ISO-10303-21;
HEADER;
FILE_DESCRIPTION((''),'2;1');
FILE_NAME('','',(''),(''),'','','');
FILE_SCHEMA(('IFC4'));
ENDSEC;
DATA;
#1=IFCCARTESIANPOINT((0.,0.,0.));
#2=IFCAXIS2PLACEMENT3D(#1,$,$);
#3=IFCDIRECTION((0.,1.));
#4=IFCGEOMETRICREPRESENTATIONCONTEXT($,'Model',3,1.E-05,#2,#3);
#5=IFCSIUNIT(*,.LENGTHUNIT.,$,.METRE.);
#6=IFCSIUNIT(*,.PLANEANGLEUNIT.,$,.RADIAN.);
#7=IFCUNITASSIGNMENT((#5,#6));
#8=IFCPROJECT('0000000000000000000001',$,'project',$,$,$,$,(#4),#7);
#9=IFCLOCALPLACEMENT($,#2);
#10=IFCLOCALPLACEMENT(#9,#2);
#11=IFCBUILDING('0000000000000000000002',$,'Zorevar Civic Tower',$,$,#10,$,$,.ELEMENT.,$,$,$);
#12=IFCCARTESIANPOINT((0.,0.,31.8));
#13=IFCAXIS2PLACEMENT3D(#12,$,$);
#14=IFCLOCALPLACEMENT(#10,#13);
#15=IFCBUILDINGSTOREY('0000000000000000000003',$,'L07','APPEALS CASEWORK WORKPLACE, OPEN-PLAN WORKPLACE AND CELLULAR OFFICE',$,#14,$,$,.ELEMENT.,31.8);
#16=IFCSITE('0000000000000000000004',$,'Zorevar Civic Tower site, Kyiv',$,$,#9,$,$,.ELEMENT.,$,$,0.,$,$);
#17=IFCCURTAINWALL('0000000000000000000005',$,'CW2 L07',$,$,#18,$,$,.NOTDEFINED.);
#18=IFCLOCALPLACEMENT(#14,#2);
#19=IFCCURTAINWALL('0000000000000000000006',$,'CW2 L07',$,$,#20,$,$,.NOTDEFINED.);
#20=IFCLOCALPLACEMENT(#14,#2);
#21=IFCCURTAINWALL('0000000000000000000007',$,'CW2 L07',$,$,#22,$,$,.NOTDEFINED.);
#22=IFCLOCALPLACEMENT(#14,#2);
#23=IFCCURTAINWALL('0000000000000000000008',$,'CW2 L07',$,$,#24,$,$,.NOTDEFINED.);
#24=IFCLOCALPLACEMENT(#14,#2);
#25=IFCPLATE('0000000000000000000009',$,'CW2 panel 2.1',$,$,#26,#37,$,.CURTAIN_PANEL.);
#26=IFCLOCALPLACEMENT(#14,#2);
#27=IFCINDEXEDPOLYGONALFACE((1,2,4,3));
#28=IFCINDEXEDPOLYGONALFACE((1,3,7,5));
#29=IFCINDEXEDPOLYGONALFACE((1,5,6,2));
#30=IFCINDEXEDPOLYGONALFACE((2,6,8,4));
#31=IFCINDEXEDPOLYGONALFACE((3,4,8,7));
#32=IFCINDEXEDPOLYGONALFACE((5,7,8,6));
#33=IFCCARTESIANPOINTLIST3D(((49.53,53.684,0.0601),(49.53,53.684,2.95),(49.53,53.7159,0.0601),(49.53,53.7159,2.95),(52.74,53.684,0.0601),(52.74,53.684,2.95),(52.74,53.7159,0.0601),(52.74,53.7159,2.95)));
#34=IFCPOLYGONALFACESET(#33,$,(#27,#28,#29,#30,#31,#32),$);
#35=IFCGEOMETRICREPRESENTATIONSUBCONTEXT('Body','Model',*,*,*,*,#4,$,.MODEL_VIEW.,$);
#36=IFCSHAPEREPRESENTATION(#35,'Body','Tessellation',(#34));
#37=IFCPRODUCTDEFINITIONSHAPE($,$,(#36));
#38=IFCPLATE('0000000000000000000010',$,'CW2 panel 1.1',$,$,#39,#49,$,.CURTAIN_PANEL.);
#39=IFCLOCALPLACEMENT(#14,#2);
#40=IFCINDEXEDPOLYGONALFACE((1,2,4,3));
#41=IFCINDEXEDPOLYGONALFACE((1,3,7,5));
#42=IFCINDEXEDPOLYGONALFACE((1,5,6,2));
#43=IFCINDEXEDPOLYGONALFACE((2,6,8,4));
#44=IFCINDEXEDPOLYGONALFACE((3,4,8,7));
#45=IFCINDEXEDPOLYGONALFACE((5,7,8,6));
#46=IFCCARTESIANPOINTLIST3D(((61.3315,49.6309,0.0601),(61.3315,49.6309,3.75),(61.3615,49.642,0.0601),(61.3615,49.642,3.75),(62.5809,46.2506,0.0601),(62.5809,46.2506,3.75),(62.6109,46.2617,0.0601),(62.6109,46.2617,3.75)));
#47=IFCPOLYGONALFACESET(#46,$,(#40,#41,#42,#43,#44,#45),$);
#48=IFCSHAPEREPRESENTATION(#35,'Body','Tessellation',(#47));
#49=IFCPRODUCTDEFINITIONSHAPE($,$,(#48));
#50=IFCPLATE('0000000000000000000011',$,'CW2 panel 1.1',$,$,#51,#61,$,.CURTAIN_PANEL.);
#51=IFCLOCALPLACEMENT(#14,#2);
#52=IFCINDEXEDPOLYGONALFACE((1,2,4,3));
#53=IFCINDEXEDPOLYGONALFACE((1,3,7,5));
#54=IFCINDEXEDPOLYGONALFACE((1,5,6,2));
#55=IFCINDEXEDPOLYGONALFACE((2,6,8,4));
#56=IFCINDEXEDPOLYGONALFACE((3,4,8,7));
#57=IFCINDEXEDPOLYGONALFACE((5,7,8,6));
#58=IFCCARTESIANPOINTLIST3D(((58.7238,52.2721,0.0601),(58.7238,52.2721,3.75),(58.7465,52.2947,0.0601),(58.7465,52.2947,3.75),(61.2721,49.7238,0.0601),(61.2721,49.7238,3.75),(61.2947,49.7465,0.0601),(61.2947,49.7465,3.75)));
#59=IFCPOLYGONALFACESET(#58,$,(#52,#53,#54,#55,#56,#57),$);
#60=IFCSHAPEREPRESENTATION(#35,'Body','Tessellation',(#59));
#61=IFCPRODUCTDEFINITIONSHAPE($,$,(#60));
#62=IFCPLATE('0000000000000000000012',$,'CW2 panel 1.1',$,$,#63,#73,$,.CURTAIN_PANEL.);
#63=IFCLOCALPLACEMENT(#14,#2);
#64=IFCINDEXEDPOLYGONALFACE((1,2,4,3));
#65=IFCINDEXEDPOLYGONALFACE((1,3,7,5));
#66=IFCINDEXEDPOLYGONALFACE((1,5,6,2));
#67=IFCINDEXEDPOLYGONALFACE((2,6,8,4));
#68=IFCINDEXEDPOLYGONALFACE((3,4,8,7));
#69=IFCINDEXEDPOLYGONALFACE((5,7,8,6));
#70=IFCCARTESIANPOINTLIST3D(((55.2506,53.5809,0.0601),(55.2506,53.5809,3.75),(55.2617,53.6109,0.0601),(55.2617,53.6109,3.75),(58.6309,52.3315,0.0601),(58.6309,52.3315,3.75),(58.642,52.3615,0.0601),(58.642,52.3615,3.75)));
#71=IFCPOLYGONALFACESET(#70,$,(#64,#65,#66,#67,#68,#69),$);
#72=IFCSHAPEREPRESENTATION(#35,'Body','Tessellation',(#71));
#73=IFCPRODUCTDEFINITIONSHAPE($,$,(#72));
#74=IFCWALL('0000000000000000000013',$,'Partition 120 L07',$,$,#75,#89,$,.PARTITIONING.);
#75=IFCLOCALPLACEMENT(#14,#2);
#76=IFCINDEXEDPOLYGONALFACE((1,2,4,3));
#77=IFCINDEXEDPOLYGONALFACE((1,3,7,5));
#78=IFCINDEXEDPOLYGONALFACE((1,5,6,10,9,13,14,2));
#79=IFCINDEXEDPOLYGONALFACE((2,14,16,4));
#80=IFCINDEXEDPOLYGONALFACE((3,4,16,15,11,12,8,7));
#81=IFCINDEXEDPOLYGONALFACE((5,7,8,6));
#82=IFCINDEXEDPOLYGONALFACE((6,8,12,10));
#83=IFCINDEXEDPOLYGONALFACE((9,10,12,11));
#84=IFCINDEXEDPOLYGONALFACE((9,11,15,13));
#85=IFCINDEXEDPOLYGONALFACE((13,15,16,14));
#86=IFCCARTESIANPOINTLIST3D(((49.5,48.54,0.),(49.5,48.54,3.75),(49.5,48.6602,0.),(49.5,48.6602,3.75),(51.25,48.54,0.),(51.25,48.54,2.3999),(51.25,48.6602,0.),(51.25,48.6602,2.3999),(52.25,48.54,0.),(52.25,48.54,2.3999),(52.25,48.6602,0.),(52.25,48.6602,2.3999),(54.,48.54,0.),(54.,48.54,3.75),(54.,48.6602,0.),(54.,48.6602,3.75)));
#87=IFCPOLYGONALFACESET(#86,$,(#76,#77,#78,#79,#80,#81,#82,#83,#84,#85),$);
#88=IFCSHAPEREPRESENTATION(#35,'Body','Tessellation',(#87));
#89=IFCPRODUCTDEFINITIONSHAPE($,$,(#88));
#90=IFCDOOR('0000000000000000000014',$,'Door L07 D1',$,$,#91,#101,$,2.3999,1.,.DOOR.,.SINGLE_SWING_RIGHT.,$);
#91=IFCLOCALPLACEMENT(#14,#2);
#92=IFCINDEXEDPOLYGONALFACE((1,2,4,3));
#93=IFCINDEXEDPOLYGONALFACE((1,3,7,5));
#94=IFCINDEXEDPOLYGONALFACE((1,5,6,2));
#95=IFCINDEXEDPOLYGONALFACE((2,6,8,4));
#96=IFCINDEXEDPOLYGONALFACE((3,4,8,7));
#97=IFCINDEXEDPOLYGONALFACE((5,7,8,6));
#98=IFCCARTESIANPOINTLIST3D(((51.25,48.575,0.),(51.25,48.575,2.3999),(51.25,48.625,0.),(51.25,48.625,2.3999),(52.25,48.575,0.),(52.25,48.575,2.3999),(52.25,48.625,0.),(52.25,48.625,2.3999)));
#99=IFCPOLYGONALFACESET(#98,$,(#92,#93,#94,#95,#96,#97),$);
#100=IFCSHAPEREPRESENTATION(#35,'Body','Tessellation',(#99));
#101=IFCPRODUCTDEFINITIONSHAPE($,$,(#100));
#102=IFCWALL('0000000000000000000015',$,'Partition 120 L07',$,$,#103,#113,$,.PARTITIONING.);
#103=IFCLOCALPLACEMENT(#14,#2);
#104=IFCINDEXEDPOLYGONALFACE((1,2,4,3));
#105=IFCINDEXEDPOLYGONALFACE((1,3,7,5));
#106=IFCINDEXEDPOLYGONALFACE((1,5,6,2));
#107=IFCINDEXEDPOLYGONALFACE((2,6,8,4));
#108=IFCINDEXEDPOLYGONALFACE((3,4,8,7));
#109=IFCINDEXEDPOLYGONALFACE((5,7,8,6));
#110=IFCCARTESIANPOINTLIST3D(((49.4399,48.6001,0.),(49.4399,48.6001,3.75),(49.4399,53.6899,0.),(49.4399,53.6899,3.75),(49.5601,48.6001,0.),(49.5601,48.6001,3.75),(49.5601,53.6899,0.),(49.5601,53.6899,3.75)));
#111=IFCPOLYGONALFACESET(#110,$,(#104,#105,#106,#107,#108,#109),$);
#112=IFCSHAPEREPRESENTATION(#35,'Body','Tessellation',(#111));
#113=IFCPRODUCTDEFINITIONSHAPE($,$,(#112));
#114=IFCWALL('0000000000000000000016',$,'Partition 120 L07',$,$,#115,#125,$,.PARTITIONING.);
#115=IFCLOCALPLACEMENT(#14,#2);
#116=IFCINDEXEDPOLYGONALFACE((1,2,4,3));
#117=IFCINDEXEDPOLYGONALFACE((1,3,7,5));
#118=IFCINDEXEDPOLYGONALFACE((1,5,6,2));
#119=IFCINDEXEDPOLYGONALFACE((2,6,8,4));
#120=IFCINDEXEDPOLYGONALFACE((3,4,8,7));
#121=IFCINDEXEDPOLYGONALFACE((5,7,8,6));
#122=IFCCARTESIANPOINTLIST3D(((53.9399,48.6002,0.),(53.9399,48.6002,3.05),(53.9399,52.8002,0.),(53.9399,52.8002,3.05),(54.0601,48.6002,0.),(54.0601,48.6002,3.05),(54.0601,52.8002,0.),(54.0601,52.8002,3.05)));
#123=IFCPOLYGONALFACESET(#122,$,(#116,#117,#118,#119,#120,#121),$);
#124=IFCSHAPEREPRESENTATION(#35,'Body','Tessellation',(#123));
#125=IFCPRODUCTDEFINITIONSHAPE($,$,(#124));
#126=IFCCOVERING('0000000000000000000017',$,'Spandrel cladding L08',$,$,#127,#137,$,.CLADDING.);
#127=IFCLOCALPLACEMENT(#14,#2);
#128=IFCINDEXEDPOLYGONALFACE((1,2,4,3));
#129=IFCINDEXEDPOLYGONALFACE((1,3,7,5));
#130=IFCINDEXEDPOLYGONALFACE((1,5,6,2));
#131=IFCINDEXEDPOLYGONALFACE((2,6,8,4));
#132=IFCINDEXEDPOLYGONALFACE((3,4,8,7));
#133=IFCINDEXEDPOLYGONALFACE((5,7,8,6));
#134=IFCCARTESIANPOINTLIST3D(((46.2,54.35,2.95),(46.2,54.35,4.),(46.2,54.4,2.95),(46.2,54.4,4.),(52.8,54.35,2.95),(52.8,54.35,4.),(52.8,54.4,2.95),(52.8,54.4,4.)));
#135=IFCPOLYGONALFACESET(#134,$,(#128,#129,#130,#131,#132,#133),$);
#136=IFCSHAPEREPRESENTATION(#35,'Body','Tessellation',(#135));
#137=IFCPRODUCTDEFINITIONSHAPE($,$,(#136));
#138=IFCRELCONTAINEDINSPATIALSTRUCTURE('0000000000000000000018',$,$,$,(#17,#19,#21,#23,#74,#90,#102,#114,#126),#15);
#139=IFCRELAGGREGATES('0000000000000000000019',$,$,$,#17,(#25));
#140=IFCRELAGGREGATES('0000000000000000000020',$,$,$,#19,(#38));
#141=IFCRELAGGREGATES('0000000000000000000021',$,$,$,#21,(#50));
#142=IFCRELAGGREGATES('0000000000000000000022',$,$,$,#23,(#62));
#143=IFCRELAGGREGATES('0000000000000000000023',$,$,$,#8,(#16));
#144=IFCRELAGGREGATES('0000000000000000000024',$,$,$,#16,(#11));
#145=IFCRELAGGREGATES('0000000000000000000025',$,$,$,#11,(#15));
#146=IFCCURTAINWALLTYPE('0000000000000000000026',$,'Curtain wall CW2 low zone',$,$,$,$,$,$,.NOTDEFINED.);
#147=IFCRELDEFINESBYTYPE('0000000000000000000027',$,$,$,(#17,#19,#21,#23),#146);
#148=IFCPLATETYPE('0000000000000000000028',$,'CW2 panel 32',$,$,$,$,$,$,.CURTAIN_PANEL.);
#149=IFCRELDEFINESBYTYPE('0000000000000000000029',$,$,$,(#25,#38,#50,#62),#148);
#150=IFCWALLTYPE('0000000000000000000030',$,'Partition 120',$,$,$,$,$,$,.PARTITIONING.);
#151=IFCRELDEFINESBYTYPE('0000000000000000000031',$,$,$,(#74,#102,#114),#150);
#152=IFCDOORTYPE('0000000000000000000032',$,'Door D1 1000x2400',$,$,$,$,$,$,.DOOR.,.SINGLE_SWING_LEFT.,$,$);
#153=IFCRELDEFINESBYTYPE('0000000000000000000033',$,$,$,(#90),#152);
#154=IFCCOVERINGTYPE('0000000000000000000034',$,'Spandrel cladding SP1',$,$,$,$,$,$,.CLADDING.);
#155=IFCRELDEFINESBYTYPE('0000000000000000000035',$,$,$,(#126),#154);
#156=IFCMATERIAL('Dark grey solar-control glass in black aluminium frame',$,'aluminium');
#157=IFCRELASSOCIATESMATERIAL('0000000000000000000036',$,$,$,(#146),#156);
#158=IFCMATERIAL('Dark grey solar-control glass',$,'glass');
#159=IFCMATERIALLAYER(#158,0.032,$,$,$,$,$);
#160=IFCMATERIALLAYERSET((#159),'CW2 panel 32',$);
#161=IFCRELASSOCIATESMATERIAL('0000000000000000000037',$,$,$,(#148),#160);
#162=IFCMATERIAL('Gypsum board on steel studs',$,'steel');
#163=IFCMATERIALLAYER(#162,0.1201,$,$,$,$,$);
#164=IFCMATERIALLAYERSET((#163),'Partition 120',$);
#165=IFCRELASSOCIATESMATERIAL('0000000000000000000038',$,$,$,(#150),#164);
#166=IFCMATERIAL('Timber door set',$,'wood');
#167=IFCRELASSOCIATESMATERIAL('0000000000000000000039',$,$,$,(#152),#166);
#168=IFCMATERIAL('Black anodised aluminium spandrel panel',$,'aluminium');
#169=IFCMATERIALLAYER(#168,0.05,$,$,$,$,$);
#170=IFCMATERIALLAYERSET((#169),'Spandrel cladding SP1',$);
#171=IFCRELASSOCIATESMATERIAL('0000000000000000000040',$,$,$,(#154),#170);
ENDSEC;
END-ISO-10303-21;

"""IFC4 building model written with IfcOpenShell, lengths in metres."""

from ifc_helpers import new_model, si_unit, direction, frame, frame_2d, origin, origin_2d, place, context, subcontext, project, spatial, rectangle, extrude, material, layer, layer_set, type_object, element, fill, aggregate, save


model = new_model("IFC4")

# Units and contexts
model_context = context("Model", 3, precision=1e-05, world=origin(), true_north=direction((0.0, 1.0)))
body_context = subcontext(model_context, "Body", "Model", "MODEL_VIEW")
ifc_project = project(units=[si_unit("LENGTHUNIT", "METRE"), si_unit("PLANEANGLEUNIT", "RADIAN")], contexts=[model_context])

# Site, building, storey
site_placement = place(None, origin())
site = spatial("IfcSite", under=ifc_project, at=site_placement, Name="Zorevar Civic Tower site, Kyiv", CompositionType="ELEMENT", RefElevation=0.0)
building_placement = place(site_placement, origin())
building = spatial("IfcBuilding", under=site, at=building_placement, Name="Zorevar Civic Tower", CompositionType="ELEMENT")
storey_placement = place(building_placement, frame((0.0, 0.0, 31.8)))
storey = spatial("IfcBuildingStorey", under=building, at=storey_placement, Name="L07", Description="APPEALS CASEWORK WORKPLACE, OPEN-PLAN WORKPLACE AND CELLULAR OFFICE", CompositionType="ELEMENT", Elevation=31.8)

# Curtain walls
ifc_material_1 = material(Name="Dark grey solar-control glass in black aluminium frame", Category="aluminium")
curtain_wall_type = type_object("IfcCurtainWallType", Name="Curtain wall CW2 low zone", PredefinedType="NOTDEFINED", material=ifc_material_1)
curtain_wall_1_placement = place(storey_placement, origin())
curtain_wall_1 = element("IfcCurtainWall", 1, at=curtain_wall_1_placement, inside=storey, type_object=curtain_wall_type, Name="CW2 L07", PredefinedType="NOTDEFINED")
curtain_wall_2_placement = place(storey_placement, origin())
curtain_wall_2 = element("IfcCurtainWall", 2, at=curtain_wall_2_placement, inside=storey, type_object=curtain_wall_type, Name="CW2 L07", PredefinedType="NOTDEFINED")
curtain_wall_3_placement = place(storey_placement, origin())
curtain_wall_3 = element("IfcCurtainWall", 3, at=curtain_wall_3_placement, inside=storey, type_object=curtain_wall_type, Name="CW2 L07", PredefinedType="NOTDEFINED")
curtain_wall_4_placement = place(storey_placement, origin())
curtain_wall_4 = element("IfcCurtainWall", 4, at=curtain_wall_4_placement, inside=storey, type_object=curtain_wall_type, Name="CW2 L07", PredefinedType="NOTDEFINED")

# Plates
ifc_material_2 = material(Name="Dark grey solar-control glass", Category="glass")
ifc_layer_1 = layer(ifc_material_2, 0.032)
ifc_layer_set_1 = layer_set([ifc_layer_1], Name="CW2 panel 32")
plate_type = type_object("IfcPlateType", Name="CW2 panel 32", PredefinedType="CURTAIN_PANEL", material=ifc_layer_set_1)
plate_1_placement = place(storey_placement, frame((51.135, 53.7, 0.0601), z_axis=(0.0, 0.0, 1.0), x_axis=(1.0, 0.0, 0.0)))
plate_1 = element("IfcPlate", 5, at=plate_1_placement, type_object=plate_type, Name="CW2 panel 2.1", PredefinedType="CURTAIN_PANEL", context=body_context, shape_type="SweptSolid", body=[
    extrude(rectangle(XDim=3.21, YDim=0.032, at=origin_2d()), origin(), (0.0, 0.0, 1.0), 2.8899),
])
aggregate(curtain_wall_1, [plate_1])
plate_2_placement = place(storey_placement, frame((61.9712, 47.9463, 0.0601), z_axis=(0.0, 0.0, 1.0), x_axis=(-0.346704, 0.937975, 0.0)))
plate_2 = element("IfcPlate", 6, at=plate_2_placement, type_object=plate_type, Name="CW2 panel 1.1", PredefinedType="CURTAIN_PANEL", context=body_context, shape_type="SweptSolid", body=[
    extrude(rectangle(XDim=3.6038, YDim=0.032, at=origin_2d()), origin(), (0.0, 0.0, 1.0), 3.6899),
])
aggregate(curtain_wall_2, [plate_2])
plate_3_placement = place(storey_placement, frame((60.0093, 51.0093, 0.0601), z_axis=(0.0, 0.0, 1.0), x_axis=(-0.707107, 0.707107, 0.0)))
plate_3 = element("IfcPlate", 7, at=plate_3_placement, type_object=plate_type, Name="CW2 panel 1.1", PredefinedType="CURTAIN_PANEL", context=body_context, shape_type="SweptSolid", body=[
    extrude(rectangle(XDim=3.6038, YDim=0.032, at=origin_2d()), origin(), (0.0, 0.0, 1.0), 3.6899),
])
aggregate(curtain_wall_3, [plate_3])
plate_4_placement = place(storey_placement, frame((56.9463, 52.9712, 0.0601), z_axis=(0.0, 0.0, 1.0), x_axis=(-0.937975, 0.346704, 0.0)))
plate_4 = element("IfcPlate", 8, at=plate_4_placement, type_object=plate_type, Name="CW2 panel 1.1", PredefinedType="CURTAIN_PANEL", context=body_context, shape_type="SweptSolid", body=[
    extrude(rectangle(XDim=3.6038, YDim=0.032, at=origin_2d()), origin(), (0.0, 0.0, 1.0), 3.6899),
])
aggregate(curtain_wall_4, [plate_4])

# Wall, opening, door
ifc_material_3 = material(Name="Gypsum board on steel studs", Category="steel")
ifc_layer_2 = layer(ifc_material_3, 0.1201)
ifc_layer_set_2 = layer_set([ifc_layer_2], Name="Partition 120")
wall_type = type_object("IfcWallType", Name="Partition 120", PredefinedType="PARTITIONING", material=ifc_layer_set_2)
wall_1_placement = place(storey_placement, frame((49.5, 48.6001, 0.0), z_axis=(0.0, 0.0, 1.0), x_axis=(1.0, 0.0, 0.0)))
wall_1 = element("IfcWall", 9, at=wall_1_placement, inside=storey, type_object=wall_type, Name="Partition 120 L07", PredefinedType="PARTITIONING", context=body_context, shape_type="SweptSolid", body=[
    extrude(rectangle(XDim=4.5, YDim=0.1201, at=frame_2d((2.25, 0.0))), origin(), (0.0, 0.0, 1.0), 3.75),
])
opening_placement = place(wall_1_placement, frame((1.75, 0.0, 0.0)))
opening = element("IfcOpeningElement", 10, at=opening_placement, cuts=wall_1, PredefinedType="OPENING", context=body_context, shape_type="SweptSolid", body=[
    extrude(rectangle(XDim=1.0, YDim=2.3999, at=frame_2d((0.5, 1.2))), frame((0.0, 0.0701, 0.0), z_axis=(0.0, -1.0, 0.0), x_axis=(1.0, 0.0, 0.0)), (0.0, 0.0, 1.0), 0.1401),
])
ifc_material_4 = material(Name="Timber door set", Category="wood")
door_type = type_object("IfcDoorType", Name="Door D1 1000x2400", OperationType="SINGLE_SWING_LEFT", PredefinedType="DOOR", material=ifc_material_4)
door_placement = place(opening_placement, origin())
door = element("IfcDoor", 11, at=door_placement, inside=storey, type_object=door_type, Name="Door L07 D1", OperationType="SINGLE_SWING_RIGHT", OverallHeight=2.3999, OverallWidth=1.0, PredefinedType="DOOR", context=body_context, shape_type="SweptSolid", body=[
    extrude(rectangle(XDim=1.0, YDim=2.3999, at=frame_2d((0.5, 1.2))), frame((0.0, 0.0249, 0.0), z_axis=(0.0, -1.0, 0.0), x_axis=(1.0, 0.0, 0.0)), (0.0, 0.0, 1.0), 0.05),
])
fill(opening, door)

# Walls
wall_2_placement = place(storey_placement, frame((49.5, 48.6001, 0.0), z_axis=(0.0, 0.0, 1.0), x_axis=(0.0, 1.0, 0.0)))
element("IfcWall", 12, at=wall_2_placement, inside=storey, type_object=wall_type, Name="Partition 120 L07", PredefinedType="PARTITIONING", context=body_context, shape_type="SweptSolid", body=[
    extrude(rectangle(XDim=5.0898, YDim=0.1201, at=frame_2d((2.5449, 0.0))), origin(), (0.0, 0.0, 1.0), 3.75),
])
wall_3_placement = place(storey_placement, frame((54.0, 48.6001, 0.0), z_axis=(0.0, 0.0, 1.0), x_axis=(0.0, 1.0, 0.0)))
element("IfcWall", 13, at=wall_3_placement, inside=storey, type_object=wall_type, Name="Partition 120 L07", PredefinedType="PARTITIONING", context=body_context, shape_type="SweptSolid", body=[
    extrude(rectangle(XDim=4.2, YDim=0.1201, at=frame_2d((2.1001, 0.0))), origin(), (0.0, 0.0, 1.0), 3.05),
])

# Covering
ifc_material_5 = material(Name="Black anodised aluminium spandrel panel", Category="aluminium")
ifc_layer_3 = layer(ifc_material_5, 0.05)
ifc_layer_set_3 = layer_set([ifc_layer_3], Name="Spandrel cladding SP1")
covering_type = type_object("IfcCoveringType", Name="Spandrel cladding SP1", PredefinedType="CLADDING", material=ifc_layer_set_3)
covering_placement = place(storey_placement, frame((46.2, 54.375, 2.95), z_axis=(0.0, 0.0, 1.0), x_axis=(1.0, 0.0, 0.0)))
element("IfcCovering", 14, at=covering_placement, inside=storey, type_object=covering_type, Name="Spandrel cladding L08", PredefinedType="CLADDING", context=body_context, shape_type="SweptSolid", body=[
    extrude(rectangle(XDim=6.6001, YDim=0.05, at=frame_2d((3.3, 0.0))), origin(), (0.0, 0.0, 1.0), 1.05),
])

save(model, "model.ifc")
